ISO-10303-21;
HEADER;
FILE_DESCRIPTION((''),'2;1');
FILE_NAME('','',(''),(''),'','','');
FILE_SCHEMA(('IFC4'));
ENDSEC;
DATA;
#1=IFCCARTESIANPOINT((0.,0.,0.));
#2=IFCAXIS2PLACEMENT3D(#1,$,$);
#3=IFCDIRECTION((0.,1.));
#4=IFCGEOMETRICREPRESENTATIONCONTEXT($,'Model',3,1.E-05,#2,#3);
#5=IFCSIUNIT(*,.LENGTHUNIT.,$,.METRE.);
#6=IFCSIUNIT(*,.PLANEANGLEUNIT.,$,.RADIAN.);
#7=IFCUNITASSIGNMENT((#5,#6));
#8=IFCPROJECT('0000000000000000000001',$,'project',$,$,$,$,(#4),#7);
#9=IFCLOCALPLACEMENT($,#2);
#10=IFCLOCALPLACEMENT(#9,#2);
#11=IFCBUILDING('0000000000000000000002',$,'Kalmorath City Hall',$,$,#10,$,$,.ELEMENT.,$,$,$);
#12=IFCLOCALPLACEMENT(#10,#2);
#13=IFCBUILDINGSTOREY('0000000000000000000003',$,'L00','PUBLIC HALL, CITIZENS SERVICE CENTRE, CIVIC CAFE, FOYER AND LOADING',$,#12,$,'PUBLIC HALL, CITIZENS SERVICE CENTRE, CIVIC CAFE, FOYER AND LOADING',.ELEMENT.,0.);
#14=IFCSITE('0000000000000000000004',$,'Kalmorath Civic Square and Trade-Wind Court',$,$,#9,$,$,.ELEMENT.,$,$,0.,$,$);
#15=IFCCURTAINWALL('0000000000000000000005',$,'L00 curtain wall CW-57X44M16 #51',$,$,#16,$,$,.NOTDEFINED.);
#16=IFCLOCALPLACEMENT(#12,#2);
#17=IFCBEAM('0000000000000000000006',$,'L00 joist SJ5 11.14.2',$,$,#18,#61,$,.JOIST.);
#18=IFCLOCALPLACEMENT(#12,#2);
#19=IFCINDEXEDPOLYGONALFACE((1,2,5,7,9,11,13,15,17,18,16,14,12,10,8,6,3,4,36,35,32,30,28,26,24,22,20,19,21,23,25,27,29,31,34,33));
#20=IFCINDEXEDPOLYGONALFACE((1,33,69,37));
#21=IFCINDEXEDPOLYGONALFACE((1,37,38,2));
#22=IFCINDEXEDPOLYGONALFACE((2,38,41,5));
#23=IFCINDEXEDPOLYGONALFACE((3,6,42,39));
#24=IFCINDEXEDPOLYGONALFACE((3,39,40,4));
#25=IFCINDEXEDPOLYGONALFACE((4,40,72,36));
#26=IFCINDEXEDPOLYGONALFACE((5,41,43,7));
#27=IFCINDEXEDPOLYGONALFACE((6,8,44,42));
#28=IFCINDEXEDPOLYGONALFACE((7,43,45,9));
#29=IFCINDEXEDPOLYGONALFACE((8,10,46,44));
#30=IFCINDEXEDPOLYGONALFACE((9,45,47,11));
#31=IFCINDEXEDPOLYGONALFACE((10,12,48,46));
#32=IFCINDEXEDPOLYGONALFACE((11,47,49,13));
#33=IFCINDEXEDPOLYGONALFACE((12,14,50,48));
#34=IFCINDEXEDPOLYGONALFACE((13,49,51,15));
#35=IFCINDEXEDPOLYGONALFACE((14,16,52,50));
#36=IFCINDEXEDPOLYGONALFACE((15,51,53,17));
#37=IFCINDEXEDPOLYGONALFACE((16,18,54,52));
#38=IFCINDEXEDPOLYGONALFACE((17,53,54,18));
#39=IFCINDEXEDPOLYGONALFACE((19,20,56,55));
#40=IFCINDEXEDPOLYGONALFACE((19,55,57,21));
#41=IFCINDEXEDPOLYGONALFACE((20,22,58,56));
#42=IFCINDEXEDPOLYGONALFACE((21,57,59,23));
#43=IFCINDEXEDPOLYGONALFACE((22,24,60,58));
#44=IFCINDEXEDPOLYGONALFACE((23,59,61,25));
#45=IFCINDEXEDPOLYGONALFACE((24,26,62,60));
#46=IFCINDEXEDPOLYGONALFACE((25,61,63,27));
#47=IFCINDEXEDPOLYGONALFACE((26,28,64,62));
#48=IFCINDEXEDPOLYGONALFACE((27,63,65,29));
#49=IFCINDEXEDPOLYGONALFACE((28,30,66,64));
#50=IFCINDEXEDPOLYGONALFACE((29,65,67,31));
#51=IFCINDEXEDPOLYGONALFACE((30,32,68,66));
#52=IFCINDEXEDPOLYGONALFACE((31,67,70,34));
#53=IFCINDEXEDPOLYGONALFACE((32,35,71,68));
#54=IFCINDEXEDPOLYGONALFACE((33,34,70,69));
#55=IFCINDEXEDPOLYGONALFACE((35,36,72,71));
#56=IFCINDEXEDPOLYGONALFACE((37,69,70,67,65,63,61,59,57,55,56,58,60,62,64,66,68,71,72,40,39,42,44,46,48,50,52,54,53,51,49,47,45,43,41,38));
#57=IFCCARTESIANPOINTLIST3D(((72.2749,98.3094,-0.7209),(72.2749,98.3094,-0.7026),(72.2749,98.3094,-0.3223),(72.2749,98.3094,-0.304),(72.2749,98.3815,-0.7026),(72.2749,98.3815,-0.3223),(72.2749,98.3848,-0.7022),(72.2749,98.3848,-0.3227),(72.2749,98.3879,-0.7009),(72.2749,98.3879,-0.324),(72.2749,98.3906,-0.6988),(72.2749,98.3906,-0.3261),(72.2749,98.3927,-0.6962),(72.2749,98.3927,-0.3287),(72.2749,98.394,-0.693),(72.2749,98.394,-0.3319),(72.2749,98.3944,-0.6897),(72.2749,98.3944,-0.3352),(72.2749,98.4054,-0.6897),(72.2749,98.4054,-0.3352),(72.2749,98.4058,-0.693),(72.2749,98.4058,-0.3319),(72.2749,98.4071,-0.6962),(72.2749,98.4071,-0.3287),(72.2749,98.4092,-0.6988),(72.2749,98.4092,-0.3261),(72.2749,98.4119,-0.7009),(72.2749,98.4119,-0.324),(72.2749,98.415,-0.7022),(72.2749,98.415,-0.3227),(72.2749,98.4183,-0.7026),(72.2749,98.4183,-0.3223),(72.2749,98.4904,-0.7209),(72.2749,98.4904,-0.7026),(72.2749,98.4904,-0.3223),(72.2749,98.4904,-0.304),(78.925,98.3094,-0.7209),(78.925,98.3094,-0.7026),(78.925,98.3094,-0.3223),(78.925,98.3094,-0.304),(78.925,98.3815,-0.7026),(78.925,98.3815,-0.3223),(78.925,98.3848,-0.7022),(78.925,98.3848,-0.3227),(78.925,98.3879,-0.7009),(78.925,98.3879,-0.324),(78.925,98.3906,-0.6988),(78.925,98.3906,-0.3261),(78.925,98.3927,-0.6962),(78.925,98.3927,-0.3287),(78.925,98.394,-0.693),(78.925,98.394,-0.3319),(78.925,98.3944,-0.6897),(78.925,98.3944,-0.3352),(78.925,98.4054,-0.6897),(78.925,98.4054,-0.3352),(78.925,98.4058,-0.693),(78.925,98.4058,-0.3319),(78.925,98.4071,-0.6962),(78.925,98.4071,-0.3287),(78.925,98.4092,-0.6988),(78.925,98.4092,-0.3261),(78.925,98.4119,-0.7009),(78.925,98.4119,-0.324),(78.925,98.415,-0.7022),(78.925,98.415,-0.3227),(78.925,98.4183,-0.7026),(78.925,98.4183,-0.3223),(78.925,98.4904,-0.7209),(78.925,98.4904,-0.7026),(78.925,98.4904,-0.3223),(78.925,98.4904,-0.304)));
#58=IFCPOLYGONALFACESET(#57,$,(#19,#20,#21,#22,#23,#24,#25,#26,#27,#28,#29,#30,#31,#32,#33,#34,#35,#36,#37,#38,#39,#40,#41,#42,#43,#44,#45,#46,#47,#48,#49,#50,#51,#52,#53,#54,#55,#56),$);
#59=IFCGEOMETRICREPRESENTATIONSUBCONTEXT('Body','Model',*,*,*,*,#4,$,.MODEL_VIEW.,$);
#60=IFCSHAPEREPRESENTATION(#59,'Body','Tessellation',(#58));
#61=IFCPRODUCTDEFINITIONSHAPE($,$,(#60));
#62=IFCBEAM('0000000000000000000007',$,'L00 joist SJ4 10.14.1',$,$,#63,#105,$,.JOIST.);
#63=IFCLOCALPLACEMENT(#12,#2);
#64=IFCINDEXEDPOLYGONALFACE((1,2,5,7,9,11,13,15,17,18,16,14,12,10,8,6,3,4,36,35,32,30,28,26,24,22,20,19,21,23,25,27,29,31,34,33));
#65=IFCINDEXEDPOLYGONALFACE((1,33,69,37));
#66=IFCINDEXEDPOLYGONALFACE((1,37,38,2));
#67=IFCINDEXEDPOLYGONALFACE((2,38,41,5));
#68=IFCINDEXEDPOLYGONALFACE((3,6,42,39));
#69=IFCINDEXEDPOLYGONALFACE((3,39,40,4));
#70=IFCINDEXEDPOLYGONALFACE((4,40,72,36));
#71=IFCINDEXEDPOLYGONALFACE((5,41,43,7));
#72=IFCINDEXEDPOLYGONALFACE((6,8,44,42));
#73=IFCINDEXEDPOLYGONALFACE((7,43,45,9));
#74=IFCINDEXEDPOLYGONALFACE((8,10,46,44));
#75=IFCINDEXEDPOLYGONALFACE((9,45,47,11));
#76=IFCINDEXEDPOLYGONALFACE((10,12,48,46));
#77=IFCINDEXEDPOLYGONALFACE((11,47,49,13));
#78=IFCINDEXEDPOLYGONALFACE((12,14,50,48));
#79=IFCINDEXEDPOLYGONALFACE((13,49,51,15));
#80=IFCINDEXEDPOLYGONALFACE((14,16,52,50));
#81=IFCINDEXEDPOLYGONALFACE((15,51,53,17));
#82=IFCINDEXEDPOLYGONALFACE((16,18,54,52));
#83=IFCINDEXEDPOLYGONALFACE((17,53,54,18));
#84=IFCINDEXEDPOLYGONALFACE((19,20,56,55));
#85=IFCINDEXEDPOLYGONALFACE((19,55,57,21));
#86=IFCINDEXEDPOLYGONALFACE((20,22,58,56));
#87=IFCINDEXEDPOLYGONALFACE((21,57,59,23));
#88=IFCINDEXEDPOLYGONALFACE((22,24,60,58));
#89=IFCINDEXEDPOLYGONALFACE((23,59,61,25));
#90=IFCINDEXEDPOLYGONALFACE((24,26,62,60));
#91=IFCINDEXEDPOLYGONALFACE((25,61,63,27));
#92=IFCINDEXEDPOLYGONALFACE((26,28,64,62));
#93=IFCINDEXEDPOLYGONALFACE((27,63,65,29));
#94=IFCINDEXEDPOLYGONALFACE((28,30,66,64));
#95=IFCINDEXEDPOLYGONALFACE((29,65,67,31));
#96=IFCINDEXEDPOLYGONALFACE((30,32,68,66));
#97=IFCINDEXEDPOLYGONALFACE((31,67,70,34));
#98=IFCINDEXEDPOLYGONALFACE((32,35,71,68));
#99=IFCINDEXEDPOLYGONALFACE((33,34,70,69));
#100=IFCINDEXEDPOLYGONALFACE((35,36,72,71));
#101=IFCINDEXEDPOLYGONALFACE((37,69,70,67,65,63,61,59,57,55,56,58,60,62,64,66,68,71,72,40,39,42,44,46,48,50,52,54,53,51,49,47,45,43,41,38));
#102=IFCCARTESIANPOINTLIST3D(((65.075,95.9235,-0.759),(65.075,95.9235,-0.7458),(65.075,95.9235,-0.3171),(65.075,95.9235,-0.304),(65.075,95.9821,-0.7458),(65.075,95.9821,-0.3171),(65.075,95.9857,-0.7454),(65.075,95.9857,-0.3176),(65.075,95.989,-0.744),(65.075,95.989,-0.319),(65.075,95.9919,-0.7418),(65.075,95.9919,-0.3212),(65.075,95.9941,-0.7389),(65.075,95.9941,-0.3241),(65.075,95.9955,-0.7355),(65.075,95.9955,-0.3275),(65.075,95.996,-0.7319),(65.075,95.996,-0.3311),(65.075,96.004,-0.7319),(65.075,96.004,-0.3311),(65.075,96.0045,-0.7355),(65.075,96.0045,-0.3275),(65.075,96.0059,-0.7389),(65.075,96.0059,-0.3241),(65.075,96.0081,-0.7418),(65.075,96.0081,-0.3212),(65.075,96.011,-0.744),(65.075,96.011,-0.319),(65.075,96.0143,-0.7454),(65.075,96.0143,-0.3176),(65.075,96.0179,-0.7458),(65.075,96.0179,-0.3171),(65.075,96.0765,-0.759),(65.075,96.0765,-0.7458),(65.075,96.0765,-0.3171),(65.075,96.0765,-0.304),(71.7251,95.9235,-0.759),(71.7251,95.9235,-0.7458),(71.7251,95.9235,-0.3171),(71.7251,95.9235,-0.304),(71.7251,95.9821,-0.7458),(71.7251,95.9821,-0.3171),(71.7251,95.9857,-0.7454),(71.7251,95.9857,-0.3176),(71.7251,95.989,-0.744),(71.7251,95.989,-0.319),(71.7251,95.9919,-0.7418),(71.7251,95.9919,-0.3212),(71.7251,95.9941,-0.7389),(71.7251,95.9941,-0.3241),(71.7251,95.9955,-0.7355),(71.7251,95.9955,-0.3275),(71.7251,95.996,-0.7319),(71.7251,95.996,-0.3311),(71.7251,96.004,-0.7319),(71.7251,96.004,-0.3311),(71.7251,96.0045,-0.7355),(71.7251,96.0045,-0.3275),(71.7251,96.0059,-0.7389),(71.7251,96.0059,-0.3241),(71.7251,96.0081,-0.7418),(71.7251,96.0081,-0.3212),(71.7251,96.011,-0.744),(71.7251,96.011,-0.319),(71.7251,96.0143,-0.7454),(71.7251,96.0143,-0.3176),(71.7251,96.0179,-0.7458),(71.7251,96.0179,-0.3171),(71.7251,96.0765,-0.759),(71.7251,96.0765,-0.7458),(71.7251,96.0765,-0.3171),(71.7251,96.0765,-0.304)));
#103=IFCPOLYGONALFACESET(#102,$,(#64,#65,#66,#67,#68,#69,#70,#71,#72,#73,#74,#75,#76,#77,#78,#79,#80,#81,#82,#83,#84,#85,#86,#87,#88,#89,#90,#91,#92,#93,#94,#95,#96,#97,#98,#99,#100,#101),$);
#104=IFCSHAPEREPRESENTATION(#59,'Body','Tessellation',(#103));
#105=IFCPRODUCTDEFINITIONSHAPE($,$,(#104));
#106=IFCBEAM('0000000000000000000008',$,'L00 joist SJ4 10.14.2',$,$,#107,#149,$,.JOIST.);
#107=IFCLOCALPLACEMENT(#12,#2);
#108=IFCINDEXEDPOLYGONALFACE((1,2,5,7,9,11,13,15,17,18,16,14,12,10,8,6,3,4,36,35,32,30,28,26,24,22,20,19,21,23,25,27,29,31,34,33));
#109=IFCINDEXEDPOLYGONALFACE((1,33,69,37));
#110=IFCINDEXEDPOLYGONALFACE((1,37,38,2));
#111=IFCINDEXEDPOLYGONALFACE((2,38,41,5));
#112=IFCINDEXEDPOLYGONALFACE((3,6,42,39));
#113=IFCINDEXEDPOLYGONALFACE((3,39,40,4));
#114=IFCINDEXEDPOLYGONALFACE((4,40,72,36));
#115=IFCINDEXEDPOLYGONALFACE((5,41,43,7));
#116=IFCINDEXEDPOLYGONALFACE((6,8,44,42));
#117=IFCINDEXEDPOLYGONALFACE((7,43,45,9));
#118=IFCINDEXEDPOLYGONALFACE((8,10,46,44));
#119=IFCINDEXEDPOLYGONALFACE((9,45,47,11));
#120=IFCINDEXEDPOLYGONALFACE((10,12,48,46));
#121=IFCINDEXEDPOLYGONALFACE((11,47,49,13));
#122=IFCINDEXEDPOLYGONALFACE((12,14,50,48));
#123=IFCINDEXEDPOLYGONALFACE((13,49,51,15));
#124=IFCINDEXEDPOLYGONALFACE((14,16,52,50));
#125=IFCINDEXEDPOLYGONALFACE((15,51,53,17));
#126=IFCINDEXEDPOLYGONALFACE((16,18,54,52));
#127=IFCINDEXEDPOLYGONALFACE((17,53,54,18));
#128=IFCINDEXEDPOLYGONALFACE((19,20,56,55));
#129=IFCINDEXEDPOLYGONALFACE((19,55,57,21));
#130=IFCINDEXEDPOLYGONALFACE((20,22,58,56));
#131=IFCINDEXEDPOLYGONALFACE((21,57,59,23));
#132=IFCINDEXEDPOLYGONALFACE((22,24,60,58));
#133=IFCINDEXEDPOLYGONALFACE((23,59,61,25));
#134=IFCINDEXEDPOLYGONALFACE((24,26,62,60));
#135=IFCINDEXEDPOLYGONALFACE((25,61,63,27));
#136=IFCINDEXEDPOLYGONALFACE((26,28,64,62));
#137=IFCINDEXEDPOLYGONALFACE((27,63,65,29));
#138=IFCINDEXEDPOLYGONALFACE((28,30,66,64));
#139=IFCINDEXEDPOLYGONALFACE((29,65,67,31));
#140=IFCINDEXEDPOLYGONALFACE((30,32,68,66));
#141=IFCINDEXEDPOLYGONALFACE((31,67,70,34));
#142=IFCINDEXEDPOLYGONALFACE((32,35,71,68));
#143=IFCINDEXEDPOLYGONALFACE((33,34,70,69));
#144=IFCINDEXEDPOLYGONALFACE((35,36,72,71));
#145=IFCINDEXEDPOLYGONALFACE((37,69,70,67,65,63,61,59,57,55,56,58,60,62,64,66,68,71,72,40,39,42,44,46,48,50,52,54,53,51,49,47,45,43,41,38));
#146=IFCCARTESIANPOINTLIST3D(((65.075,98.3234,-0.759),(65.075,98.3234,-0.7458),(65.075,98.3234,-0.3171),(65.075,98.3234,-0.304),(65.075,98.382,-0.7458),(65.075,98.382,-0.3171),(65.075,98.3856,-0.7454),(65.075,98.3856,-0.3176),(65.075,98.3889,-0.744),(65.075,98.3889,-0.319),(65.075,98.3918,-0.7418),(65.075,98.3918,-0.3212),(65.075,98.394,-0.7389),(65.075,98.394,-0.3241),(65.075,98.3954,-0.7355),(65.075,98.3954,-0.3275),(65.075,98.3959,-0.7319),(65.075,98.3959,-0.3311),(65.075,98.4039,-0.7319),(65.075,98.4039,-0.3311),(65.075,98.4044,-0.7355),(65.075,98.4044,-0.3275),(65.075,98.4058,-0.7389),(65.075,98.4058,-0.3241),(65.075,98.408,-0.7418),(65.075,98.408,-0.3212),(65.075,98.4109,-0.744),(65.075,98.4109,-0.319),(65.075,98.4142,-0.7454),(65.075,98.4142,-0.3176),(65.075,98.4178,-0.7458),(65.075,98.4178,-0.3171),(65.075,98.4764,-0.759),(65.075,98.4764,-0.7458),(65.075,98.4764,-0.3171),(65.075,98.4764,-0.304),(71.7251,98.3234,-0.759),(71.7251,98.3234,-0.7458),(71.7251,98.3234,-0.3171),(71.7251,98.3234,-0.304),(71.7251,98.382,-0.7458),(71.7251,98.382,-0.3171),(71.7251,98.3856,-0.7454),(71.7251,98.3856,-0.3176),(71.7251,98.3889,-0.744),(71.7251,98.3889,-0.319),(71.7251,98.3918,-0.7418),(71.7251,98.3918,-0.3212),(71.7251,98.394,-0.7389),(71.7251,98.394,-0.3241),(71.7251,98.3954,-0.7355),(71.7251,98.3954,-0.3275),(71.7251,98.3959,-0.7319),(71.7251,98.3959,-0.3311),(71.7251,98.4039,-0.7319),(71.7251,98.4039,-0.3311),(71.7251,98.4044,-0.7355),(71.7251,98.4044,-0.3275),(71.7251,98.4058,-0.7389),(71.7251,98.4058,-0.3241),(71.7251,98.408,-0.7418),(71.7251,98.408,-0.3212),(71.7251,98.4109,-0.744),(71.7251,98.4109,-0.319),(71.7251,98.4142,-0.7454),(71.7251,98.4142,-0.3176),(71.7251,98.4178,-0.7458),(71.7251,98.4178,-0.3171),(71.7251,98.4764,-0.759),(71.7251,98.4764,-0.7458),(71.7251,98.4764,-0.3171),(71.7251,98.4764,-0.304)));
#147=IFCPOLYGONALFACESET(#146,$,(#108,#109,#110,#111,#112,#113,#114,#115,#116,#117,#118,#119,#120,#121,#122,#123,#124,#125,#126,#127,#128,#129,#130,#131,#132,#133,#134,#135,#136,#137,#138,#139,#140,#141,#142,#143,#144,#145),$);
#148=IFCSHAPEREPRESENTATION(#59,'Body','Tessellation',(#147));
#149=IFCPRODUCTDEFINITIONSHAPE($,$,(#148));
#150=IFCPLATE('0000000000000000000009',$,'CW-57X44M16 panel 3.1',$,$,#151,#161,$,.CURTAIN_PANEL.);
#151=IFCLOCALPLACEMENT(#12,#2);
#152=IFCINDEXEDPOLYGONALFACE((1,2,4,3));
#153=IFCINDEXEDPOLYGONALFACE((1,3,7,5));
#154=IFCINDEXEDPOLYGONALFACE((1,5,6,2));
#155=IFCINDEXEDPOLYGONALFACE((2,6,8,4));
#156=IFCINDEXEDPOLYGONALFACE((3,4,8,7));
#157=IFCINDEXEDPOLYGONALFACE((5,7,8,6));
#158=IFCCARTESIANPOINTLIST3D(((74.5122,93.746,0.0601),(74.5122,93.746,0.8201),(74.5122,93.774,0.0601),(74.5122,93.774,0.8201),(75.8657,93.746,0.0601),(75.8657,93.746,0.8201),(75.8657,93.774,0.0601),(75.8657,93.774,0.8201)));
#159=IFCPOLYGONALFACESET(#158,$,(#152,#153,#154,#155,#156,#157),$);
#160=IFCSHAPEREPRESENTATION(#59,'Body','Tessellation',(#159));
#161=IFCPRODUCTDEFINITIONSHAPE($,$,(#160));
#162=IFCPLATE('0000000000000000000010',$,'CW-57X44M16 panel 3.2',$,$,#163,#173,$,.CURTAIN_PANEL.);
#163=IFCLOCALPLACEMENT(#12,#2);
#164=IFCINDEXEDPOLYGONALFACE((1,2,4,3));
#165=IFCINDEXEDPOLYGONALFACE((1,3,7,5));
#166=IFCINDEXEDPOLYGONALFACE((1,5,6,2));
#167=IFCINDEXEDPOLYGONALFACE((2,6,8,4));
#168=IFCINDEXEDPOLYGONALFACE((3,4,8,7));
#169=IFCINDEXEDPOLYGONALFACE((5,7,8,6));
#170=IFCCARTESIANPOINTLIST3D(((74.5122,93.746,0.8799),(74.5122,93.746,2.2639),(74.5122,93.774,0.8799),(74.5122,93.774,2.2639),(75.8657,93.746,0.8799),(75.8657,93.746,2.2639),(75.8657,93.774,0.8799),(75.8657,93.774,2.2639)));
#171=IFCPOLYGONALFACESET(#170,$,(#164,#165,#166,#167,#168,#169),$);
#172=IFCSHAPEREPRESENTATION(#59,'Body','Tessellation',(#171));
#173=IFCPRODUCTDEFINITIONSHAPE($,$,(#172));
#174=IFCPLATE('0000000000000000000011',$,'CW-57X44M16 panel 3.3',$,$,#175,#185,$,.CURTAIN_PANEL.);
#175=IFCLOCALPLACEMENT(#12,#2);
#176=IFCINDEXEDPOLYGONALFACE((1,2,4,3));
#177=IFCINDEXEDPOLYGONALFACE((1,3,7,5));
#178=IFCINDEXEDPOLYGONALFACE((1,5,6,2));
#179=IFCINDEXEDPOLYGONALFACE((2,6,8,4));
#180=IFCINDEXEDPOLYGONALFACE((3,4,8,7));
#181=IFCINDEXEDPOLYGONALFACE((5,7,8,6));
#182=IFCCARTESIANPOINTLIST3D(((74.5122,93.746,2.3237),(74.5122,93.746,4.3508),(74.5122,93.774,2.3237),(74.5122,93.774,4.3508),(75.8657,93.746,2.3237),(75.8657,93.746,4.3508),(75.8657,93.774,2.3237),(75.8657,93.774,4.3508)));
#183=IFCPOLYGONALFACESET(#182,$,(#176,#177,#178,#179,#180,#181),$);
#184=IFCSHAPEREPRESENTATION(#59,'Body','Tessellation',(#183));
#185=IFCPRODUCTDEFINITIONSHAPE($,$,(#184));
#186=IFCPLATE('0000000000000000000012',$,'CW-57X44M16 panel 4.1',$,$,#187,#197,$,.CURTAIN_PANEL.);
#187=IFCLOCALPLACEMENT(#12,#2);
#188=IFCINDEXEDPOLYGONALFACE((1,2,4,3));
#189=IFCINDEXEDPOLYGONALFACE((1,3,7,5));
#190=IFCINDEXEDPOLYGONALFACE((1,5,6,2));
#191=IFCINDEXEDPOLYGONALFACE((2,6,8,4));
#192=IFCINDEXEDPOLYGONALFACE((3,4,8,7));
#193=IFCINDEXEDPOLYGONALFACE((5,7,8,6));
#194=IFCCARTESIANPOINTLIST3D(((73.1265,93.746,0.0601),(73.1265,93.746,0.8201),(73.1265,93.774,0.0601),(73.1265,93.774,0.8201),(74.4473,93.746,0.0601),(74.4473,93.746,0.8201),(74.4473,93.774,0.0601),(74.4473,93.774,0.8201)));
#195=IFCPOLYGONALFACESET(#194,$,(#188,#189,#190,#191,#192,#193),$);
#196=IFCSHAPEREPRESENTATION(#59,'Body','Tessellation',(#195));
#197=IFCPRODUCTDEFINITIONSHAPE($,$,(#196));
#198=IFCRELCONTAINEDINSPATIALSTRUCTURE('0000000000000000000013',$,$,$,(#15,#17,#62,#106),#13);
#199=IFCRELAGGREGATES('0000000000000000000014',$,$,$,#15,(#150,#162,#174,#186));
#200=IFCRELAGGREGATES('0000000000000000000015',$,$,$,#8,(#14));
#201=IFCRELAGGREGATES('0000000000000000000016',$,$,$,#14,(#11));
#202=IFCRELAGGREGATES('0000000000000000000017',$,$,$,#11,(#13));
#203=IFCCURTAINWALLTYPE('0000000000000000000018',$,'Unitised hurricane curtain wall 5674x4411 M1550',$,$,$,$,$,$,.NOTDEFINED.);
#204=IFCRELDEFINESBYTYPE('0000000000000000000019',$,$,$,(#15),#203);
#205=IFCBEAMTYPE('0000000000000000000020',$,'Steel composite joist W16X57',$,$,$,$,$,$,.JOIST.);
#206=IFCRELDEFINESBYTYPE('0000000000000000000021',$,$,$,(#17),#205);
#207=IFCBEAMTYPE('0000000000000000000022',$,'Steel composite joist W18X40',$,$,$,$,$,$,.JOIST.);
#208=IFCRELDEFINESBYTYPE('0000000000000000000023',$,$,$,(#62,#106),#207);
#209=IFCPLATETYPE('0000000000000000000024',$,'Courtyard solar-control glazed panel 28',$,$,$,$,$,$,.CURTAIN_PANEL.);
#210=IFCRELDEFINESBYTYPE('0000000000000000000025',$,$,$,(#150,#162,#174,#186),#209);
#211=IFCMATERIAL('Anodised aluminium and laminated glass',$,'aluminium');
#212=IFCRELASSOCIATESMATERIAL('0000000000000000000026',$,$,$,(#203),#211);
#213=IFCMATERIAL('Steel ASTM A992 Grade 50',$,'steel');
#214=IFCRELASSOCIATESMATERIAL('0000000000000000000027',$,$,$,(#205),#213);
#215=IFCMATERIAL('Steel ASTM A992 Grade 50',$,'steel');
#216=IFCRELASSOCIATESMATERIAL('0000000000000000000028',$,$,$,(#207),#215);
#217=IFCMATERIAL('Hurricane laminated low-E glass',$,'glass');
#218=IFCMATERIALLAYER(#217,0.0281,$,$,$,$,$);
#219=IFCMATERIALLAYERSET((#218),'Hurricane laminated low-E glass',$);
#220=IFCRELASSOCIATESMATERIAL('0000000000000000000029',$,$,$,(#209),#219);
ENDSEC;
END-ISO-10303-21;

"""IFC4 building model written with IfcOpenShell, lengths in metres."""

from ifc_helpers import new_model, si_unit, direction, frame, origin, origin_2d, place, context, subcontext, project, spatial, rectangle, i_section, extrude, material, layer, layer_set, material_profile, profile_set, type_object, element, aggregate, save


model = new_model("IFC4")

# Units and contexts
model_context = context("Model", 3, precision=1e-05, world=origin(), true_north=direction((0.0, 1.0)))
body_context = subcontext(model_context, "Body", "Model", "MODEL_VIEW")
ifc_project = project(units=[si_unit("LENGTHUNIT", "METRE"), si_unit("PLANEANGLEUNIT", "RADIAN")], contexts=[model_context])

# Site, building, storey
site_placement = place(None, origin())
site = spatial("IfcSite", under=ifc_project, at=site_placement, Name="Kalmorath Civic Square and Trade-Wind Court", CompositionType="ELEMENT", RefElevation=0.0)
building_placement = place(site_placement, origin())
building = spatial("IfcBuilding", under=site, at=building_placement, Name="Kalmorath City Hall", CompositionType="ELEMENT")
storey_placement = place(building_placement, origin())
storey = spatial("IfcBuildingStorey", under=building, at=storey_placement, Name="L00", Description="PUBLIC HALL, CITIZENS SERVICE CENTRE, CIVIC CAFE, FOYER AND LOADING", LongName="PUBLIC HALL, CITIZENS SERVICE CENTRE, CIVIC CAFE, FOYER AND LOADING", CompositionType="ELEMENT", Elevation=0.0)

# Curtain wall
ifc_material_1 = material(Name="Anodised aluminium and laminated glass", Category="aluminium")
curtain_wall_type = type_object("IfcCurtainWallType", Name="Unitised hurricane curtain wall 5674x4411 M1550", PredefinedType="NOTDEFINED", material=ifc_material_1)
curtain_wall_placement = place(storey_placement, origin())
curtain_wall = element("IfcCurtainWall", 1, at=curtain_wall_placement, inside=storey, type_object=curtain_wall_type, Name="L00 curtain wall CW-57X44M16 #51", PredefinedType="NOTDEFINED")

# Beams
ifc_material_2 = material(Name="Steel ASTM A992 Grade 50", Category="steel")
ifc_material_profile_1 = material_profile(ifc_material_2, i_section(OverallWidth=0.1809, OverallDepth=0.417, WebThickness=0.011, FlangeThickness=0.0183, FilletRadius=0.0129, at=origin_2d()), Name="W16X57")
ifc_profile_set_1 = profile_set([ifc_material_profile_1], Name="Steel ASTM A992 Grade 50")
beam_type_1 = type_object("IfcBeamType", Name="Steel composite joist W16X57", PredefinedType="JOIST", material=ifc_profile_set_1)
for number, where, z_axis, x_axis, name in (
    (2, (72.2749, 98.3999, -0.5125), (1.0, 0.0, 0.0), (0.0, 1.0, 0.0), "L00 joist SJ5 11.14.2"),
):
    element("IfcBeam", number, at=place(storey_placement, frame(where, z_axis=z_axis, x_axis=x_axis)), inside=storey, type_object=beam_type_1, Name=name, PredefinedType="JOIST", context=body_context, shape_type="SweptSolid", body=[
        extrude(i_section(OverallWidth=0.1809, OverallDepth=0.417, WebThickness=0.011, FlangeThickness=0.0183, FilletRadius=0.0129, at=origin_2d()), origin(), (0.0, 0.0, 1.0), 6.6501),
    ])
ifc_material_3 = material(Name="Steel ASTM A992 Grade 50", Category="steel")
ifc_material_profile_2 = material_profile(ifc_material_3, i_section(OverallWidth=0.1531, OverallDepth=0.4551, WebThickness=0.0081, FlangeThickness=0.0132, FilletRadius=0.0139, at=origin_2d()), Name="W18X40")
ifc_profile_set_2 = profile_set([ifc_material_profile_2], Name="Steel ASTM A992 Grade 50")
beam_type_2 = type_object("IfcBeamType", Name="Steel composite joist W18X40", PredefinedType="JOIST", material=ifc_profile_set_2)
for number, where, z_axis, x_axis, name in (
    (3, (65.075, 96.0, -0.5315), (1.0, 0.0, 0.0), (0.0, 1.0, 0.0), "L00 joist SJ4 10.14.1"),
    (4, (65.075, 98.3999, -0.5315), (1.0, 0.0, 0.0), (0.0, 1.0, 0.0), "L00 joist SJ4 10.14.2"),
):
    element("IfcBeam", number, at=place(storey_placement, frame(where, z_axis=z_axis, x_axis=x_axis)), inside=storey, type_object=beam_type_2, Name=name, PredefinedType="JOIST", context=body_context, shape_type="SweptSolid", body=[
        extrude(i_section(OverallWidth=0.1531, OverallDepth=0.4551, WebThickness=0.0081, FlangeThickness=0.0132, FilletRadius=0.0139, at=origin_2d()), origin(), (0.0, 0.0, 1.0), 6.6501),
    ])

# Plates
ifc_material_4 = material(Name="Hurricane laminated low-E glass", Category="glass")
ifc_layer_1 = layer(ifc_material_4, 0.0281)
ifc_layer_set_1 = layer_set([ifc_layer_1], Name="Hurricane laminated low-E glass")
plate_type = type_object("IfcPlateType", Name="Courtyard solar-control glazed panel 28", PredefinedType="CURTAIN_PANEL", material=ifc_layer_set_1)
plate_1_placement = place(storey_placement, frame((75.189, 93.76, 0.0601), z_axis=(0.0, 0.0, 1.0), x_axis=(-1.0, 0.0, 0.0)))
plate_1 = element("IfcPlate", 5, at=plate_1_placement, type_object=plate_type, Name="CW-57X44M16 panel 3.1", PredefinedType="CURTAIN_PANEL", context=body_context, shape_type="SweptSolid", body=[
    extrude(rectangle(XDim=1.3535, YDim=0.0281, at=origin_2d()), origin(), (0.0, 0.0, 1.0), 0.76),
])
plate_2_placement = place(storey_placement, frame((75.189, 93.76, 0.8799), z_axis=(0.0, 0.0, 1.0), x_axis=(-1.0, 0.0, 0.0)))
plate_2 = element("IfcPlate", 6, at=plate_2_placement, type_object=plate_type, Name="CW-57X44M16 panel 3.2", PredefinedType="CURTAIN_PANEL", context=body_context, shape_type="SweptSolid", body=[
    extrude(rectangle(XDim=1.3535, YDim=0.0281, at=origin_2d()), origin(), (0.0, 0.0, 1.0), 1.384),
])
plate_3_placement = place(storey_placement, frame((75.189, 93.76, 2.3237), z_axis=(0.0, 0.0, 1.0), x_axis=(-1.0, 0.0, 0.0)))
plate_3 = element("IfcPlate", 7, at=plate_3_placement, type_object=plate_type, Name="CW-57X44M16 panel 3.3", PredefinedType="CURTAIN_PANEL", context=body_context, shape_type="SweptSolid", body=[
    extrude(rectangle(XDim=1.3535, YDim=0.0281, at=origin_2d()), origin(), (0.0, 0.0, 1.0), 2.0271),
])
plate_4_placement = place(storey_placement, frame((73.7869, 93.76, 0.0601), z_axis=(0.0, 0.0, 1.0), x_axis=(-1.0, 0.0, 0.0)))
plate_4 = element("IfcPlate", 8, at=plate_4_placement, type_object=plate_type, Name="CW-57X44M16 panel 4.1", PredefinedType="CURTAIN_PANEL", context=body_context, shape_type="SweptSolid", body=[
    extrude(rectangle(XDim=1.3208, YDim=0.0281, at=origin_2d()), origin(), (0.0, 0.0, 1.0), 0.76),
])
aggregate(curtain_wall, [plate_1, plate_2, plate_3, plate_4])

save(model, "model.ifc")
